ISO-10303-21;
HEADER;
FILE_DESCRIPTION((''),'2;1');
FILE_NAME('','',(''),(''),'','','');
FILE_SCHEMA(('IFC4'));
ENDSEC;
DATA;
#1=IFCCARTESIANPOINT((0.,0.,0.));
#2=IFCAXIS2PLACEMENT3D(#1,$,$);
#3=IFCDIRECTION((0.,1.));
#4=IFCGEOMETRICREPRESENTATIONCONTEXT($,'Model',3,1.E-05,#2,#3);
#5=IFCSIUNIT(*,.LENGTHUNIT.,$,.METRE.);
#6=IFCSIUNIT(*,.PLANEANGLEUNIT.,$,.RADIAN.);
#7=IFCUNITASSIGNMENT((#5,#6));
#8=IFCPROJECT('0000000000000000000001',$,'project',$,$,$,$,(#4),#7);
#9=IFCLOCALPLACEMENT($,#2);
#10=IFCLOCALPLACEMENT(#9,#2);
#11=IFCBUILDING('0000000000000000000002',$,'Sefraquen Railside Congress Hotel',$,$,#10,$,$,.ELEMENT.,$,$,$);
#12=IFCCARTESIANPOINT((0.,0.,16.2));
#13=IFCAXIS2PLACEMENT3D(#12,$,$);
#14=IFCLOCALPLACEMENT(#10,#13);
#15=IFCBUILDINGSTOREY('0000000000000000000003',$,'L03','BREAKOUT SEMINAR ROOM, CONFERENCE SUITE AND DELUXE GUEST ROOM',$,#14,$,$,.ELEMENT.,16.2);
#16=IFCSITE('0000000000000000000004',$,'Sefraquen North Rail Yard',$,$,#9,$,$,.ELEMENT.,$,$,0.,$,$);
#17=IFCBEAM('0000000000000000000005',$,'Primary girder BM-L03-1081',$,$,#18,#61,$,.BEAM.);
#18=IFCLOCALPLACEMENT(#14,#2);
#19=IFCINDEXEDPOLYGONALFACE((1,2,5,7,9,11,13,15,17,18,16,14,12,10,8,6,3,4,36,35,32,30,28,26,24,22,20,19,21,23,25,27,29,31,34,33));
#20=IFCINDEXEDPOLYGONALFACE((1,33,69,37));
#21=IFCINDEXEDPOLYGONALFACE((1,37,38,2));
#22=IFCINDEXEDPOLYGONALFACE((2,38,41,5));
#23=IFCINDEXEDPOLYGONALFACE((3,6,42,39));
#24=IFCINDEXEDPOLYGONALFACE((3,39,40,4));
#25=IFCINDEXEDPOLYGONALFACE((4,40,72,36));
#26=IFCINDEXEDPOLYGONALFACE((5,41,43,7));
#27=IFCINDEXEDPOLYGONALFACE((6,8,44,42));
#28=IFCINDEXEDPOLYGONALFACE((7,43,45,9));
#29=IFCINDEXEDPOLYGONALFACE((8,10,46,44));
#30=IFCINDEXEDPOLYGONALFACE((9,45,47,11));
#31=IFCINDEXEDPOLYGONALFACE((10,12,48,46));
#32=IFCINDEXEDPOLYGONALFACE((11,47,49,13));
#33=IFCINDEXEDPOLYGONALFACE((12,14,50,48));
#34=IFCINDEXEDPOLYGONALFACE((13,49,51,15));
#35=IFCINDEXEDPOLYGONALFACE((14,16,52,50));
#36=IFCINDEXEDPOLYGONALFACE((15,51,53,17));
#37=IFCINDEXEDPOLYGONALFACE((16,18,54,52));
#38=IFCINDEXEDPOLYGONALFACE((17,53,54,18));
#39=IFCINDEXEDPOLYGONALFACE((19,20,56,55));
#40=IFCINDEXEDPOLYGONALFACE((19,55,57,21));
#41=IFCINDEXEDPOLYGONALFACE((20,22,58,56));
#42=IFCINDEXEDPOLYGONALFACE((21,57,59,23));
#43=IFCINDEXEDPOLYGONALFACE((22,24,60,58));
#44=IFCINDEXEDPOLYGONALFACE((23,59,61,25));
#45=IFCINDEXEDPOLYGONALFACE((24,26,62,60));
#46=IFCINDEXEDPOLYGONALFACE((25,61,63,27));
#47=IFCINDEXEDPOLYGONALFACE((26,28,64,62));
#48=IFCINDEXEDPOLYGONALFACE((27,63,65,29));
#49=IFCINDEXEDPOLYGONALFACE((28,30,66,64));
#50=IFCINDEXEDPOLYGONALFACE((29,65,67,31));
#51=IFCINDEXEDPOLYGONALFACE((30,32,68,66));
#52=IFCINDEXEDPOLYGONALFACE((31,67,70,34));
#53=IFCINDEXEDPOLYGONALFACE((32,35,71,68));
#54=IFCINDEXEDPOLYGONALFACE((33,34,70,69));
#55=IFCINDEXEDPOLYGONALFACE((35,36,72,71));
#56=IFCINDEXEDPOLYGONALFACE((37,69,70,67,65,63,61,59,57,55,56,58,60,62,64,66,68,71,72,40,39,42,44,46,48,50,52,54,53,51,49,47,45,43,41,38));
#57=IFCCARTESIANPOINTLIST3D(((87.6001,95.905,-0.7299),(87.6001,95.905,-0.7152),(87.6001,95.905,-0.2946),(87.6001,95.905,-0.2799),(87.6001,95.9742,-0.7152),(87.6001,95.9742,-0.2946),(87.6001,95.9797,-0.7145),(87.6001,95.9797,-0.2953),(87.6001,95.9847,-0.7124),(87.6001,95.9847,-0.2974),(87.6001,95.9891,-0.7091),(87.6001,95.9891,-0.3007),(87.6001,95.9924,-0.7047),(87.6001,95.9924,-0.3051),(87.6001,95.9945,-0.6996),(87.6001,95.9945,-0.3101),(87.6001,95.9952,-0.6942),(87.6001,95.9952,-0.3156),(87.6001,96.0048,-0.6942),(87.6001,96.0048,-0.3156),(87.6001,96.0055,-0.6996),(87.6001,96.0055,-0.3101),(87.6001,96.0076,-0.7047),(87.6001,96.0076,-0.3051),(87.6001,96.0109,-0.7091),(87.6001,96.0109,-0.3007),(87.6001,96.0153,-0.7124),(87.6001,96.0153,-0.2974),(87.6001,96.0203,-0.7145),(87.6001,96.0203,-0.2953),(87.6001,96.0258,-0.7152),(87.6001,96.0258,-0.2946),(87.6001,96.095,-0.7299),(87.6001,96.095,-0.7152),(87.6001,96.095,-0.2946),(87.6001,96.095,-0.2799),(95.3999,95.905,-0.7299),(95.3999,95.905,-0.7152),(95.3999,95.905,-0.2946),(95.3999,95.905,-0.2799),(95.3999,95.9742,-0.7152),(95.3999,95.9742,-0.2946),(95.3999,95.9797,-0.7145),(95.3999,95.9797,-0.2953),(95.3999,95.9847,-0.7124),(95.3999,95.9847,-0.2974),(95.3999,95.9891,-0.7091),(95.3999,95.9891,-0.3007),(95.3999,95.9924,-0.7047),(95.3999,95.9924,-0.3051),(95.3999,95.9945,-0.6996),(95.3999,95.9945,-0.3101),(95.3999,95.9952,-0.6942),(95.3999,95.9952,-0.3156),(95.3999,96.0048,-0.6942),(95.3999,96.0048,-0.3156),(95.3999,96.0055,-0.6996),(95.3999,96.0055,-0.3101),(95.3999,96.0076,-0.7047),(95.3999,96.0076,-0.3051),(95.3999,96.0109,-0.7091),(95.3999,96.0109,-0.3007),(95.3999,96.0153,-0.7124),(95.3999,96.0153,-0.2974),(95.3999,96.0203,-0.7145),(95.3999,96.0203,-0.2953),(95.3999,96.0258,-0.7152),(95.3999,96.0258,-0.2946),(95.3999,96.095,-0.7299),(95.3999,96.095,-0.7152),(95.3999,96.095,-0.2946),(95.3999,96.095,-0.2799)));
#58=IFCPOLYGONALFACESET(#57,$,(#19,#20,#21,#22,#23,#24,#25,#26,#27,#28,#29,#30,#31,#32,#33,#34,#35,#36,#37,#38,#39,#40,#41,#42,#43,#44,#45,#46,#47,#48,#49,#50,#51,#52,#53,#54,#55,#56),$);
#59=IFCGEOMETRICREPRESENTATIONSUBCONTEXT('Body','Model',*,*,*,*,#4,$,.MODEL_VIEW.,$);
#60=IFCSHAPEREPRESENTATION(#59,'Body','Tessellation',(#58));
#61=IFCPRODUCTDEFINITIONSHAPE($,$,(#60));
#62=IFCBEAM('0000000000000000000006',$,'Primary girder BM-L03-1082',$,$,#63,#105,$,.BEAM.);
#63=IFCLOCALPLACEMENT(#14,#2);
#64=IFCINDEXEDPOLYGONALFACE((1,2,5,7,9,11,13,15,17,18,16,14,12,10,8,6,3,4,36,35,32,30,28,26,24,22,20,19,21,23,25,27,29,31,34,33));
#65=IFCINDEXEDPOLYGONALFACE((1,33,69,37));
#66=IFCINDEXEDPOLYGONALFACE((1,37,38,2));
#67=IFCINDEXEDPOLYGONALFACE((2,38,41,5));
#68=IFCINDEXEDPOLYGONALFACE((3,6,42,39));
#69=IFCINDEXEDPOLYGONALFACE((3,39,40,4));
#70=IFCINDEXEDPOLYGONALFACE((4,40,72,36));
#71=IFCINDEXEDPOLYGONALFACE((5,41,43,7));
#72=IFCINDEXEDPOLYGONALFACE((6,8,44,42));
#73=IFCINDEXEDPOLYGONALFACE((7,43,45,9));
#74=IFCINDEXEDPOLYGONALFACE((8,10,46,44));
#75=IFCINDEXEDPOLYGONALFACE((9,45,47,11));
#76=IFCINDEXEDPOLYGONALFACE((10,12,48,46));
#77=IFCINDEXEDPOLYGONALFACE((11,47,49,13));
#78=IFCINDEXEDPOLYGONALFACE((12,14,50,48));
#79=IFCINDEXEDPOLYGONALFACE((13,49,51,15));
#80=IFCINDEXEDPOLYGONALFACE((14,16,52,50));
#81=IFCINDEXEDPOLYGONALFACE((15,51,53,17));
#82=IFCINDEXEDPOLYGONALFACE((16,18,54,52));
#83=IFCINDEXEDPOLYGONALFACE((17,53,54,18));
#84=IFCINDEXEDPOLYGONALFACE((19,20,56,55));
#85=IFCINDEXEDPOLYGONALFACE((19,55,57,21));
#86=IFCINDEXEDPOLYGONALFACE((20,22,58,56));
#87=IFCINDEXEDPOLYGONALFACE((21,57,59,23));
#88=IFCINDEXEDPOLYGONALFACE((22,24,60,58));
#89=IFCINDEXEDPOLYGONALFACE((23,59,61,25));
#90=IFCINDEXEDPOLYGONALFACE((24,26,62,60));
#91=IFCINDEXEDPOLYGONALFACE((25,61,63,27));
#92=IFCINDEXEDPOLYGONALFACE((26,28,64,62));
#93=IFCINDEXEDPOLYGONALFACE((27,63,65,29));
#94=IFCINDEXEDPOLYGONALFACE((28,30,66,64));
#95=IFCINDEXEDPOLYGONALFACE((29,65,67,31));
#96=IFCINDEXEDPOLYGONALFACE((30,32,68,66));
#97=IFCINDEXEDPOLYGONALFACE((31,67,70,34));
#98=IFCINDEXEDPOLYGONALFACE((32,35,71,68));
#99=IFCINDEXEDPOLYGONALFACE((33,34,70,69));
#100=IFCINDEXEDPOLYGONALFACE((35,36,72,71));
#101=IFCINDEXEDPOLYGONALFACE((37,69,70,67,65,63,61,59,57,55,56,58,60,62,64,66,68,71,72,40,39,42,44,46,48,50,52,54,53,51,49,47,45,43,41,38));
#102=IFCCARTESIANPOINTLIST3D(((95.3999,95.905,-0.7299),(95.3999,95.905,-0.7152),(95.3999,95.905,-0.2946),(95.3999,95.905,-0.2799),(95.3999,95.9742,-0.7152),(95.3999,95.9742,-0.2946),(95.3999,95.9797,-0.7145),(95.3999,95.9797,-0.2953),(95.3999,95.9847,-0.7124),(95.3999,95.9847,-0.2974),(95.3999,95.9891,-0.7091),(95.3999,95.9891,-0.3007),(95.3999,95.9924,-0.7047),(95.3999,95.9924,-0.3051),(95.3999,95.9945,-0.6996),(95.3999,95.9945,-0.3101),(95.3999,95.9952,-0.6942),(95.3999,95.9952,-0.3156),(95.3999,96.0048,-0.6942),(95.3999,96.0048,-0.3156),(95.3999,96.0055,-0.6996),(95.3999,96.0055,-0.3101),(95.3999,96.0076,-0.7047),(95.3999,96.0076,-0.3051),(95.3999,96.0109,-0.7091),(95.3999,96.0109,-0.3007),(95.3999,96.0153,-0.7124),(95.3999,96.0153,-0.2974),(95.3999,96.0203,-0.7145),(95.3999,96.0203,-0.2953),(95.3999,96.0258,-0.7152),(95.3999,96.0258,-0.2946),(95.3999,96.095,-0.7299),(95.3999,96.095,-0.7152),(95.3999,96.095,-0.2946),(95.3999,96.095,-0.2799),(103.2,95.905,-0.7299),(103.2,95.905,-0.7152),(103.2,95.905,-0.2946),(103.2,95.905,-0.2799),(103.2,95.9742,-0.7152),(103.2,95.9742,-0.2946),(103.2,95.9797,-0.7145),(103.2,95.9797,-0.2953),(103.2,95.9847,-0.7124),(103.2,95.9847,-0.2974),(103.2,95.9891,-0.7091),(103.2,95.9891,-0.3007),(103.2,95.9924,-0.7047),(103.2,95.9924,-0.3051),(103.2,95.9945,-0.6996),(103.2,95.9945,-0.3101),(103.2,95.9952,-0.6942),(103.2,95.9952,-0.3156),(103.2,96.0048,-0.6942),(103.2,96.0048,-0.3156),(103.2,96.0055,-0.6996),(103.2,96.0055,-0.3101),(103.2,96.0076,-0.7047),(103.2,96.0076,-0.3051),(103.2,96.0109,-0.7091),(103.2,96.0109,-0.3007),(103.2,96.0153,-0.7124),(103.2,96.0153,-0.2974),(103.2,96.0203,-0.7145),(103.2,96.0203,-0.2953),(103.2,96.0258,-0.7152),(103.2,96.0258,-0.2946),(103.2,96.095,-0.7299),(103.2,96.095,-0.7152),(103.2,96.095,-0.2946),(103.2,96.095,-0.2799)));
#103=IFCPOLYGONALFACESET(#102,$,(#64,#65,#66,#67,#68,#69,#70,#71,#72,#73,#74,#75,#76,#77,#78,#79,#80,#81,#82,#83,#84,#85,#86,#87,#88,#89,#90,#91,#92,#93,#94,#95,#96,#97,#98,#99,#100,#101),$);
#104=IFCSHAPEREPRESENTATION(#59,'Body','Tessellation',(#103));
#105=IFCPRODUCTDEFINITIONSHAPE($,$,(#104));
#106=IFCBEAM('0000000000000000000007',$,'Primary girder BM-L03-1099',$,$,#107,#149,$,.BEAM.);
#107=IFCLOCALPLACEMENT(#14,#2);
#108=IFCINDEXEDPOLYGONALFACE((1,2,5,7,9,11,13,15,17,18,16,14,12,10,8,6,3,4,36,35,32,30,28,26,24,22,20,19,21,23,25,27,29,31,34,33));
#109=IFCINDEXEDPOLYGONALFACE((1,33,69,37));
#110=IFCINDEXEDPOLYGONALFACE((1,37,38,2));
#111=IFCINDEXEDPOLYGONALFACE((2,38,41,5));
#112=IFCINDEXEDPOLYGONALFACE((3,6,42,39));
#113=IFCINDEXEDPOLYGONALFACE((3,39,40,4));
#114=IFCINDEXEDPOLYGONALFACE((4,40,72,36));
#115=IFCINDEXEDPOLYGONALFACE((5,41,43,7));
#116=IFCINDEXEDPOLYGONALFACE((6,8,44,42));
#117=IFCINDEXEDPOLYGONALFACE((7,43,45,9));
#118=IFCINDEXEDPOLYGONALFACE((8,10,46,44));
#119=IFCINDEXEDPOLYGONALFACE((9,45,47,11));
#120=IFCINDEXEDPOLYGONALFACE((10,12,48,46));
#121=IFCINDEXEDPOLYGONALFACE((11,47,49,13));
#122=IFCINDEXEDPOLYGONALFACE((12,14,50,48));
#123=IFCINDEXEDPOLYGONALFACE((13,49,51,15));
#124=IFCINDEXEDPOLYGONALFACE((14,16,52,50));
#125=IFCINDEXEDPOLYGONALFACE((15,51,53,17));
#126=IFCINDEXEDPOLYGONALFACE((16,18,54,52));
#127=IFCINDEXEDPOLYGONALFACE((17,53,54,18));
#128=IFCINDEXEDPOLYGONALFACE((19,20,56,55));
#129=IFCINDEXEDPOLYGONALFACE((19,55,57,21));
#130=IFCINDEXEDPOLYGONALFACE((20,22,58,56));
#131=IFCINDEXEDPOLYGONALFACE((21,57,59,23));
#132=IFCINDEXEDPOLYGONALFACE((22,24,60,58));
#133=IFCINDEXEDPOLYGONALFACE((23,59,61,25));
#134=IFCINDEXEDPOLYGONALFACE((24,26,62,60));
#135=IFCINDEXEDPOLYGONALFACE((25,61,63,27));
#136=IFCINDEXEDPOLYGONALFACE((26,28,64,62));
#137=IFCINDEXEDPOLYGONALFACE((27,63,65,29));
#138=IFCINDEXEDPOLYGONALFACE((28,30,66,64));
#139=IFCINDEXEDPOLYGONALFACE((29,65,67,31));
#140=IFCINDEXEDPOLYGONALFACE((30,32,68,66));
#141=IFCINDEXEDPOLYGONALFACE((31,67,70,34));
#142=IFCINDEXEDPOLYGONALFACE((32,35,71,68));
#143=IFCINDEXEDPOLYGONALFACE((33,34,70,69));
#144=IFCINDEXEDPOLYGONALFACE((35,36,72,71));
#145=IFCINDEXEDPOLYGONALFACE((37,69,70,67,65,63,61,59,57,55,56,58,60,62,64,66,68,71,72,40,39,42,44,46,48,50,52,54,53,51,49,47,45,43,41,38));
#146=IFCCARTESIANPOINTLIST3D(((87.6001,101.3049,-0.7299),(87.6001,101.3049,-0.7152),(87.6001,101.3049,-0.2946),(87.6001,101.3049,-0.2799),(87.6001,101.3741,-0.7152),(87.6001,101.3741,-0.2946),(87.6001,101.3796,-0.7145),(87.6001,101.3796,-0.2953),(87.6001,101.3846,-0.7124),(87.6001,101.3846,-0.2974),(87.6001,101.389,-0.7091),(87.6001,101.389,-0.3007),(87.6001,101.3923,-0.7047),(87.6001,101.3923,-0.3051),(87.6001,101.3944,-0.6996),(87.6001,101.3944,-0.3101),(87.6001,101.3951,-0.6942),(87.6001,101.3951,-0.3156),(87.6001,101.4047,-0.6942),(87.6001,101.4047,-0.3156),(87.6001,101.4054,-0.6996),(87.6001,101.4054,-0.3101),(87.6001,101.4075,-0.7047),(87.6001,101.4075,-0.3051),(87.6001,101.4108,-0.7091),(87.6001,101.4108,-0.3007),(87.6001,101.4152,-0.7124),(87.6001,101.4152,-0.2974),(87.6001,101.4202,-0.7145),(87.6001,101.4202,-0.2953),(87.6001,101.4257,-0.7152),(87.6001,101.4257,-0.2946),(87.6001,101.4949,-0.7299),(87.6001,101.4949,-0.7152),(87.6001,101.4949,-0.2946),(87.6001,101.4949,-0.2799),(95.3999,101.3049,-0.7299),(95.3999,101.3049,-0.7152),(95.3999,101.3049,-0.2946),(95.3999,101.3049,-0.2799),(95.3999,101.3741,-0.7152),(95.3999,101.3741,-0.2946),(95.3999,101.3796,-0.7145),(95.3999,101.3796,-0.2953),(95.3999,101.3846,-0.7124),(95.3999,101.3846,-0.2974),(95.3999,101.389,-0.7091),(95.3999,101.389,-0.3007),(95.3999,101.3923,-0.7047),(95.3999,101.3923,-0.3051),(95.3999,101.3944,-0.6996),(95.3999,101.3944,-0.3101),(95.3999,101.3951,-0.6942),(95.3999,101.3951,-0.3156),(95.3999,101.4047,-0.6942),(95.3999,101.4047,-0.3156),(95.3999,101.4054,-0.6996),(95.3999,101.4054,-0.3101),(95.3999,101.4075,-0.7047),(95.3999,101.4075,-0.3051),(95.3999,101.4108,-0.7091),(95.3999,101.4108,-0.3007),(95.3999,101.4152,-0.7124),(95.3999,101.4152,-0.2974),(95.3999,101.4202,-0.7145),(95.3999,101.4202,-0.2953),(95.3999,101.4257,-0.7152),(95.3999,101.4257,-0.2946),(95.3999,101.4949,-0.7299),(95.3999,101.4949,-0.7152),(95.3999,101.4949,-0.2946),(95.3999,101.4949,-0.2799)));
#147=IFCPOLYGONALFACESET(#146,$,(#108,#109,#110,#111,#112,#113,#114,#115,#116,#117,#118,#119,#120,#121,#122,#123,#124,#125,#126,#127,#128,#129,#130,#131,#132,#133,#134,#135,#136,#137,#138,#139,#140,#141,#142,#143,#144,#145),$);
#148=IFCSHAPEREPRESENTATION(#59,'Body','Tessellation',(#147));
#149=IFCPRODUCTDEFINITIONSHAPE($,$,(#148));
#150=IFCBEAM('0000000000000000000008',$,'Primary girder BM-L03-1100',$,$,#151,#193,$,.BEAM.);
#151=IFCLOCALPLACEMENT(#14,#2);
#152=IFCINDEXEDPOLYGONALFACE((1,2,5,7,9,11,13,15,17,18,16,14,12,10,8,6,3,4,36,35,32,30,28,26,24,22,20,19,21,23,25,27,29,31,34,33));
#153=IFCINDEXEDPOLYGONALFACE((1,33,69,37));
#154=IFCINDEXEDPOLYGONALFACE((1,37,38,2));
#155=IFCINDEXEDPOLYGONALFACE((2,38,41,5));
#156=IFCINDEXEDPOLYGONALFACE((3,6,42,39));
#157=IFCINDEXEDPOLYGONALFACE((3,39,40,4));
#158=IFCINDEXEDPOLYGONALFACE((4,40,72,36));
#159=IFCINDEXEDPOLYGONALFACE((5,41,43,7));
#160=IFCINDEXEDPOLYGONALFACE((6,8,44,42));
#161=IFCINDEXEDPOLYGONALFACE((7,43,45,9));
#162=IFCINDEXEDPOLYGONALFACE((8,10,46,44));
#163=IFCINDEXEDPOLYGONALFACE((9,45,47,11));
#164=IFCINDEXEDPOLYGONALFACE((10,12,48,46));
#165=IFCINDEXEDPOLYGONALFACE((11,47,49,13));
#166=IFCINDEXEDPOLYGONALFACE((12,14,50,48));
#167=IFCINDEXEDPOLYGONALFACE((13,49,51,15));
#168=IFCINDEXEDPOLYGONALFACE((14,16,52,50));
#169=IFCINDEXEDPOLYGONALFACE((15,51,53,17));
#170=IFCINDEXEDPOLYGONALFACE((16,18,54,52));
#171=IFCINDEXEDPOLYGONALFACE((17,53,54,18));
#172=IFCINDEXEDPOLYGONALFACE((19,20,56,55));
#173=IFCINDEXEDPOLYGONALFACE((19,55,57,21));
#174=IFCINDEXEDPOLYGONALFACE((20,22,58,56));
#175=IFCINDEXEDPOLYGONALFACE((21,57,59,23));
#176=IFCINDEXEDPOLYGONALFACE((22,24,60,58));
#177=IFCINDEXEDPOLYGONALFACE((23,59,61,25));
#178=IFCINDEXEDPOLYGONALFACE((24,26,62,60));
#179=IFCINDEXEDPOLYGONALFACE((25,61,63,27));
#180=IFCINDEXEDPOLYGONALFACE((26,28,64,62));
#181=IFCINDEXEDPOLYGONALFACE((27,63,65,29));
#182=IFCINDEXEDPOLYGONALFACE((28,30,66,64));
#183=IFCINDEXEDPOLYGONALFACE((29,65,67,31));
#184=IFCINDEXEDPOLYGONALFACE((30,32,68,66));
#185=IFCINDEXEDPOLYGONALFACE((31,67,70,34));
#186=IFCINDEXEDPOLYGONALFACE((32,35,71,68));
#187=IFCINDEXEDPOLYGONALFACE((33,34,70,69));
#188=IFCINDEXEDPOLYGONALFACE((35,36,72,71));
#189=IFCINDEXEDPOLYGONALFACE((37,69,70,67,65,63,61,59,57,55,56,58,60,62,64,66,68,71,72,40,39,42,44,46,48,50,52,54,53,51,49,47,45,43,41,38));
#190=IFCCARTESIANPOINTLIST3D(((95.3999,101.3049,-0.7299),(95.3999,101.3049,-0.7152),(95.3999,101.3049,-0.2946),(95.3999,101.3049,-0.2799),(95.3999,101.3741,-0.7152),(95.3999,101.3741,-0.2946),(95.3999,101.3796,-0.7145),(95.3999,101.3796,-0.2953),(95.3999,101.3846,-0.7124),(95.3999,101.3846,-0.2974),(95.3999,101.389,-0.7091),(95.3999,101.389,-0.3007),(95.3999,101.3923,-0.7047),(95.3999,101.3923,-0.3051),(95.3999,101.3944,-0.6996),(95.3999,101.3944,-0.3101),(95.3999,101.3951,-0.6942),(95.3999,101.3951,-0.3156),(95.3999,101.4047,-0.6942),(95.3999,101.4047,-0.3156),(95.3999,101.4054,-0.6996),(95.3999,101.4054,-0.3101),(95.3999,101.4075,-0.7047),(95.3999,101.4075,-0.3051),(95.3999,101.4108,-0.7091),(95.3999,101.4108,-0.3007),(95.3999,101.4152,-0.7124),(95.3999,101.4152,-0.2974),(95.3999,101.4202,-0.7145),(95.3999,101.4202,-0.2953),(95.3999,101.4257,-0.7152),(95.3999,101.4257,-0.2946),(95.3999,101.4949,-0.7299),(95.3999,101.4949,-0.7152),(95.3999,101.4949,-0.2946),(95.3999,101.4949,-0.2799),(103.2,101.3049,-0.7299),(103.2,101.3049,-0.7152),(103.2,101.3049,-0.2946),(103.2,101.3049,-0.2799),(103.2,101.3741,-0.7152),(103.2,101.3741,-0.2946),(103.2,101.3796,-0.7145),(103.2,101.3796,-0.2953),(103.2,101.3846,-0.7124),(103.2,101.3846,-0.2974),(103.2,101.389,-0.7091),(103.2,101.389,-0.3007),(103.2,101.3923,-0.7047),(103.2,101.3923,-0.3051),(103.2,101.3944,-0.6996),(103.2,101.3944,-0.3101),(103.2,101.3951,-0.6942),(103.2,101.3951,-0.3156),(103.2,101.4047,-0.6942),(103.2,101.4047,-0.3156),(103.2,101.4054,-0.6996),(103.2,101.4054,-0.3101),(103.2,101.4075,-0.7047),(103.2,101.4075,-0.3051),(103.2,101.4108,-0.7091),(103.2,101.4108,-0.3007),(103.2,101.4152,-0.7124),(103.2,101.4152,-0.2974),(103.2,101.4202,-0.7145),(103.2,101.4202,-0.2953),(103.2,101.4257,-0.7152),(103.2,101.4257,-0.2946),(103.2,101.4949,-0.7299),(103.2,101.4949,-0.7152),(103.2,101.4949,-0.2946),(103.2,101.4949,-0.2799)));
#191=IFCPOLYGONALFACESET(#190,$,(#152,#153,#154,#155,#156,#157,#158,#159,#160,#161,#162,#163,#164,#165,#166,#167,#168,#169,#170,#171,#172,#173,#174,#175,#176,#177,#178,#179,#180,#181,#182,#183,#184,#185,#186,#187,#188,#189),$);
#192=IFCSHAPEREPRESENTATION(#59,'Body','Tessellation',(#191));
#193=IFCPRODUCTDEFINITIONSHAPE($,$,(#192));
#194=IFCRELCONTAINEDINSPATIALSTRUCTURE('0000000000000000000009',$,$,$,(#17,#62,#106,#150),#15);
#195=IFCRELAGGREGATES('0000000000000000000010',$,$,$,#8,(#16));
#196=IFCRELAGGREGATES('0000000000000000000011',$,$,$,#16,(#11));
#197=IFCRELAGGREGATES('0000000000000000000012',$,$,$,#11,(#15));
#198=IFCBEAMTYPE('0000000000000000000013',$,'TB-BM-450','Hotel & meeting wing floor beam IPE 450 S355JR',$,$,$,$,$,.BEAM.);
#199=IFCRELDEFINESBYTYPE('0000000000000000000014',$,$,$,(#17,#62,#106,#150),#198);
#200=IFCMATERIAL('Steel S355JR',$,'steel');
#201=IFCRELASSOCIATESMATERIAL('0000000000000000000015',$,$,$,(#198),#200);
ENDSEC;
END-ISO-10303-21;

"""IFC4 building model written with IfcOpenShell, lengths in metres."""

from ifc_helpers import new_model, si_unit, direction, frame, origin, origin_2d, place, context, subcontext, project, spatial, i_section, extrude, material, material_profile, profile_set, type_object, element, save


model = new_model("IFC4")

# Units and contexts
model_context = context("Model", 3, precision=1e-05, world=origin(), true_north=direction((0.0, 1.0)))
body_context = subcontext(model_context, "Body", "Model", "MODEL_VIEW")
ifc_project = project(units=[si_unit("LENGTHUNIT", "METRE"), si_unit("PLANEANGLEUNIT", "RADIAN")], contexts=[model_context])

# Site, building, storey
site_placement = place(None, origin())
site = spatial("IfcSite", under=ifc_project, at=site_placement, Name="Sefraquen North Rail Yard", CompositionType="ELEMENT", RefElevation=0.0)
building_placement = place(site_placement, origin())
building = spatial("IfcBuilding", under=site, at=building_placement, Name="Sefraquen Railside Congress Hotel", CompositionType="ELEMENT")
storey_placement = place(building_placement, frame((0.0, 0.0, 16.2)))
storey = spatial("IfcBuildingStorey", under=building, at=storey_placement, Name="L03", Description="BREAKOUT SEMINAR ROOM, CONFERENCE SUITE AND DELUXE GUEST ROOM", CompositionType="ELEMENT", Elevation=16.2)

# Shared definitions
ifc_material_1 = material(Name="Steel S355JR", Category="steel")

# Beams
ifc_material_profile_1 = material_profile(ifc_material_1, i_section(OverallWidth=0.1899, OverallDepth=0.45, WebThickness=0.0095, FlangeThickness=0.0146, FilletRadius=0.021, at=origin_2d()), Name="IPE 450")
ifc_profile_set_1 = profile_set([ifc_material_profile_1], Name="Steel S355JR")
beam_type_1 = type_object("IfcBeamType", Name="TB-BM-450", Description="Hotel & meeting wing floor beam IPE 450 S355JR", PredefinedType="BEAM", material=ifc_profile_set_1)
beam_1_placement = place(storey_placement, frame((87.6001, 96.0, -0.5049), z_axis=(1.0, 0.0, 0.0), x_axis=(0.0, 1.0, 0.0)))
element("IfcBeam", 1, at=beam_1_placement, inside=storey, type_object=beam_type_1, Name="Primary girder BM-L03-1081", PredefinedType="BEAM", context=body_context, shape_type="SweptSolid", body=[
    extrude(i_section(OverallWidth=0.1899, OverallDepth=0.45, WebThickness=0.0095, FlangeThickness=0.0146, FilletRadius=0.021, at=origin_2d()), origin(), (0.0, 0.0, 1.0), 7.7998),
])
beam_2_placement = place(storey_placement, frame((95.3999, 96.0, -0.5049), z_axis=(1.0, 0.0, 0.0), x_axis=(0.0, 1.0, 0.0)))
element("IfcBeam", 2, at=beam_2_placement, inside=storey, type_object=beam_type_1, Name="Primary girder BM-L03-1082", PredefinedType="BEAM", context=body_context, shape_type="SweptSolid", body=[
    extrude(i_section(OverallWidth=0.1899, OverallDepth=0.45, WebThickness=0.0095, FlangeThickness=0.0146, FilletRadius=0.021, at=origin_2d()), origin(), (0.0, 0.0, 1.0), 7.8),
])
beam_3_placement = place(storey_placement, frame((87.6001, 101.3999, -0.5049), z_axis=(1.0, 0.0, 0.0), x_axis=(0.0, 1.0, 0.0)))
element("IfcBeam", 3, at=beam_3_placement, inside=storey, type_object=beam_type_1, Name="Primary girder BM-L03-1099", PredefinedType="BEAM", context=body_context, shape_type="SweptSolid", body=[
    extrude(i_section(OverallWidth=0.1899, OverallDepth=0.45, WebThickness=0.0095, FlangeThickness=0.0146, FilletRadius=0.021, at=origin_2d()), origin(), (0.0, 0.0, 1.0), 7.7998),
])
beam_4_placement = place(storey_placement, frame((95.3999, 101.3999, -0.5049), z_axis=(1.0, 0.0, 0.0), x_axis=(0.0, 1.0, 0.0)))
element("IfcBeam", 4, at=beam_4_placement, inside=storey, type_object=beam_type_1, Name="Primary girder BM-L03-1100", PredefinedType="BEAM", context=body_context, shape_type="SweptSolid", body=[
    extrude(i_section(OverallWidth=0.1899, OverallDepth=0.45, WebThickness=0.0095, FlangeThickness=0.0146, FilletRadius=0.021, at=origin_2d()), origin(), (0.0, 0.0, 1.0), 7.8),
])

save(model, "model.ifc")
